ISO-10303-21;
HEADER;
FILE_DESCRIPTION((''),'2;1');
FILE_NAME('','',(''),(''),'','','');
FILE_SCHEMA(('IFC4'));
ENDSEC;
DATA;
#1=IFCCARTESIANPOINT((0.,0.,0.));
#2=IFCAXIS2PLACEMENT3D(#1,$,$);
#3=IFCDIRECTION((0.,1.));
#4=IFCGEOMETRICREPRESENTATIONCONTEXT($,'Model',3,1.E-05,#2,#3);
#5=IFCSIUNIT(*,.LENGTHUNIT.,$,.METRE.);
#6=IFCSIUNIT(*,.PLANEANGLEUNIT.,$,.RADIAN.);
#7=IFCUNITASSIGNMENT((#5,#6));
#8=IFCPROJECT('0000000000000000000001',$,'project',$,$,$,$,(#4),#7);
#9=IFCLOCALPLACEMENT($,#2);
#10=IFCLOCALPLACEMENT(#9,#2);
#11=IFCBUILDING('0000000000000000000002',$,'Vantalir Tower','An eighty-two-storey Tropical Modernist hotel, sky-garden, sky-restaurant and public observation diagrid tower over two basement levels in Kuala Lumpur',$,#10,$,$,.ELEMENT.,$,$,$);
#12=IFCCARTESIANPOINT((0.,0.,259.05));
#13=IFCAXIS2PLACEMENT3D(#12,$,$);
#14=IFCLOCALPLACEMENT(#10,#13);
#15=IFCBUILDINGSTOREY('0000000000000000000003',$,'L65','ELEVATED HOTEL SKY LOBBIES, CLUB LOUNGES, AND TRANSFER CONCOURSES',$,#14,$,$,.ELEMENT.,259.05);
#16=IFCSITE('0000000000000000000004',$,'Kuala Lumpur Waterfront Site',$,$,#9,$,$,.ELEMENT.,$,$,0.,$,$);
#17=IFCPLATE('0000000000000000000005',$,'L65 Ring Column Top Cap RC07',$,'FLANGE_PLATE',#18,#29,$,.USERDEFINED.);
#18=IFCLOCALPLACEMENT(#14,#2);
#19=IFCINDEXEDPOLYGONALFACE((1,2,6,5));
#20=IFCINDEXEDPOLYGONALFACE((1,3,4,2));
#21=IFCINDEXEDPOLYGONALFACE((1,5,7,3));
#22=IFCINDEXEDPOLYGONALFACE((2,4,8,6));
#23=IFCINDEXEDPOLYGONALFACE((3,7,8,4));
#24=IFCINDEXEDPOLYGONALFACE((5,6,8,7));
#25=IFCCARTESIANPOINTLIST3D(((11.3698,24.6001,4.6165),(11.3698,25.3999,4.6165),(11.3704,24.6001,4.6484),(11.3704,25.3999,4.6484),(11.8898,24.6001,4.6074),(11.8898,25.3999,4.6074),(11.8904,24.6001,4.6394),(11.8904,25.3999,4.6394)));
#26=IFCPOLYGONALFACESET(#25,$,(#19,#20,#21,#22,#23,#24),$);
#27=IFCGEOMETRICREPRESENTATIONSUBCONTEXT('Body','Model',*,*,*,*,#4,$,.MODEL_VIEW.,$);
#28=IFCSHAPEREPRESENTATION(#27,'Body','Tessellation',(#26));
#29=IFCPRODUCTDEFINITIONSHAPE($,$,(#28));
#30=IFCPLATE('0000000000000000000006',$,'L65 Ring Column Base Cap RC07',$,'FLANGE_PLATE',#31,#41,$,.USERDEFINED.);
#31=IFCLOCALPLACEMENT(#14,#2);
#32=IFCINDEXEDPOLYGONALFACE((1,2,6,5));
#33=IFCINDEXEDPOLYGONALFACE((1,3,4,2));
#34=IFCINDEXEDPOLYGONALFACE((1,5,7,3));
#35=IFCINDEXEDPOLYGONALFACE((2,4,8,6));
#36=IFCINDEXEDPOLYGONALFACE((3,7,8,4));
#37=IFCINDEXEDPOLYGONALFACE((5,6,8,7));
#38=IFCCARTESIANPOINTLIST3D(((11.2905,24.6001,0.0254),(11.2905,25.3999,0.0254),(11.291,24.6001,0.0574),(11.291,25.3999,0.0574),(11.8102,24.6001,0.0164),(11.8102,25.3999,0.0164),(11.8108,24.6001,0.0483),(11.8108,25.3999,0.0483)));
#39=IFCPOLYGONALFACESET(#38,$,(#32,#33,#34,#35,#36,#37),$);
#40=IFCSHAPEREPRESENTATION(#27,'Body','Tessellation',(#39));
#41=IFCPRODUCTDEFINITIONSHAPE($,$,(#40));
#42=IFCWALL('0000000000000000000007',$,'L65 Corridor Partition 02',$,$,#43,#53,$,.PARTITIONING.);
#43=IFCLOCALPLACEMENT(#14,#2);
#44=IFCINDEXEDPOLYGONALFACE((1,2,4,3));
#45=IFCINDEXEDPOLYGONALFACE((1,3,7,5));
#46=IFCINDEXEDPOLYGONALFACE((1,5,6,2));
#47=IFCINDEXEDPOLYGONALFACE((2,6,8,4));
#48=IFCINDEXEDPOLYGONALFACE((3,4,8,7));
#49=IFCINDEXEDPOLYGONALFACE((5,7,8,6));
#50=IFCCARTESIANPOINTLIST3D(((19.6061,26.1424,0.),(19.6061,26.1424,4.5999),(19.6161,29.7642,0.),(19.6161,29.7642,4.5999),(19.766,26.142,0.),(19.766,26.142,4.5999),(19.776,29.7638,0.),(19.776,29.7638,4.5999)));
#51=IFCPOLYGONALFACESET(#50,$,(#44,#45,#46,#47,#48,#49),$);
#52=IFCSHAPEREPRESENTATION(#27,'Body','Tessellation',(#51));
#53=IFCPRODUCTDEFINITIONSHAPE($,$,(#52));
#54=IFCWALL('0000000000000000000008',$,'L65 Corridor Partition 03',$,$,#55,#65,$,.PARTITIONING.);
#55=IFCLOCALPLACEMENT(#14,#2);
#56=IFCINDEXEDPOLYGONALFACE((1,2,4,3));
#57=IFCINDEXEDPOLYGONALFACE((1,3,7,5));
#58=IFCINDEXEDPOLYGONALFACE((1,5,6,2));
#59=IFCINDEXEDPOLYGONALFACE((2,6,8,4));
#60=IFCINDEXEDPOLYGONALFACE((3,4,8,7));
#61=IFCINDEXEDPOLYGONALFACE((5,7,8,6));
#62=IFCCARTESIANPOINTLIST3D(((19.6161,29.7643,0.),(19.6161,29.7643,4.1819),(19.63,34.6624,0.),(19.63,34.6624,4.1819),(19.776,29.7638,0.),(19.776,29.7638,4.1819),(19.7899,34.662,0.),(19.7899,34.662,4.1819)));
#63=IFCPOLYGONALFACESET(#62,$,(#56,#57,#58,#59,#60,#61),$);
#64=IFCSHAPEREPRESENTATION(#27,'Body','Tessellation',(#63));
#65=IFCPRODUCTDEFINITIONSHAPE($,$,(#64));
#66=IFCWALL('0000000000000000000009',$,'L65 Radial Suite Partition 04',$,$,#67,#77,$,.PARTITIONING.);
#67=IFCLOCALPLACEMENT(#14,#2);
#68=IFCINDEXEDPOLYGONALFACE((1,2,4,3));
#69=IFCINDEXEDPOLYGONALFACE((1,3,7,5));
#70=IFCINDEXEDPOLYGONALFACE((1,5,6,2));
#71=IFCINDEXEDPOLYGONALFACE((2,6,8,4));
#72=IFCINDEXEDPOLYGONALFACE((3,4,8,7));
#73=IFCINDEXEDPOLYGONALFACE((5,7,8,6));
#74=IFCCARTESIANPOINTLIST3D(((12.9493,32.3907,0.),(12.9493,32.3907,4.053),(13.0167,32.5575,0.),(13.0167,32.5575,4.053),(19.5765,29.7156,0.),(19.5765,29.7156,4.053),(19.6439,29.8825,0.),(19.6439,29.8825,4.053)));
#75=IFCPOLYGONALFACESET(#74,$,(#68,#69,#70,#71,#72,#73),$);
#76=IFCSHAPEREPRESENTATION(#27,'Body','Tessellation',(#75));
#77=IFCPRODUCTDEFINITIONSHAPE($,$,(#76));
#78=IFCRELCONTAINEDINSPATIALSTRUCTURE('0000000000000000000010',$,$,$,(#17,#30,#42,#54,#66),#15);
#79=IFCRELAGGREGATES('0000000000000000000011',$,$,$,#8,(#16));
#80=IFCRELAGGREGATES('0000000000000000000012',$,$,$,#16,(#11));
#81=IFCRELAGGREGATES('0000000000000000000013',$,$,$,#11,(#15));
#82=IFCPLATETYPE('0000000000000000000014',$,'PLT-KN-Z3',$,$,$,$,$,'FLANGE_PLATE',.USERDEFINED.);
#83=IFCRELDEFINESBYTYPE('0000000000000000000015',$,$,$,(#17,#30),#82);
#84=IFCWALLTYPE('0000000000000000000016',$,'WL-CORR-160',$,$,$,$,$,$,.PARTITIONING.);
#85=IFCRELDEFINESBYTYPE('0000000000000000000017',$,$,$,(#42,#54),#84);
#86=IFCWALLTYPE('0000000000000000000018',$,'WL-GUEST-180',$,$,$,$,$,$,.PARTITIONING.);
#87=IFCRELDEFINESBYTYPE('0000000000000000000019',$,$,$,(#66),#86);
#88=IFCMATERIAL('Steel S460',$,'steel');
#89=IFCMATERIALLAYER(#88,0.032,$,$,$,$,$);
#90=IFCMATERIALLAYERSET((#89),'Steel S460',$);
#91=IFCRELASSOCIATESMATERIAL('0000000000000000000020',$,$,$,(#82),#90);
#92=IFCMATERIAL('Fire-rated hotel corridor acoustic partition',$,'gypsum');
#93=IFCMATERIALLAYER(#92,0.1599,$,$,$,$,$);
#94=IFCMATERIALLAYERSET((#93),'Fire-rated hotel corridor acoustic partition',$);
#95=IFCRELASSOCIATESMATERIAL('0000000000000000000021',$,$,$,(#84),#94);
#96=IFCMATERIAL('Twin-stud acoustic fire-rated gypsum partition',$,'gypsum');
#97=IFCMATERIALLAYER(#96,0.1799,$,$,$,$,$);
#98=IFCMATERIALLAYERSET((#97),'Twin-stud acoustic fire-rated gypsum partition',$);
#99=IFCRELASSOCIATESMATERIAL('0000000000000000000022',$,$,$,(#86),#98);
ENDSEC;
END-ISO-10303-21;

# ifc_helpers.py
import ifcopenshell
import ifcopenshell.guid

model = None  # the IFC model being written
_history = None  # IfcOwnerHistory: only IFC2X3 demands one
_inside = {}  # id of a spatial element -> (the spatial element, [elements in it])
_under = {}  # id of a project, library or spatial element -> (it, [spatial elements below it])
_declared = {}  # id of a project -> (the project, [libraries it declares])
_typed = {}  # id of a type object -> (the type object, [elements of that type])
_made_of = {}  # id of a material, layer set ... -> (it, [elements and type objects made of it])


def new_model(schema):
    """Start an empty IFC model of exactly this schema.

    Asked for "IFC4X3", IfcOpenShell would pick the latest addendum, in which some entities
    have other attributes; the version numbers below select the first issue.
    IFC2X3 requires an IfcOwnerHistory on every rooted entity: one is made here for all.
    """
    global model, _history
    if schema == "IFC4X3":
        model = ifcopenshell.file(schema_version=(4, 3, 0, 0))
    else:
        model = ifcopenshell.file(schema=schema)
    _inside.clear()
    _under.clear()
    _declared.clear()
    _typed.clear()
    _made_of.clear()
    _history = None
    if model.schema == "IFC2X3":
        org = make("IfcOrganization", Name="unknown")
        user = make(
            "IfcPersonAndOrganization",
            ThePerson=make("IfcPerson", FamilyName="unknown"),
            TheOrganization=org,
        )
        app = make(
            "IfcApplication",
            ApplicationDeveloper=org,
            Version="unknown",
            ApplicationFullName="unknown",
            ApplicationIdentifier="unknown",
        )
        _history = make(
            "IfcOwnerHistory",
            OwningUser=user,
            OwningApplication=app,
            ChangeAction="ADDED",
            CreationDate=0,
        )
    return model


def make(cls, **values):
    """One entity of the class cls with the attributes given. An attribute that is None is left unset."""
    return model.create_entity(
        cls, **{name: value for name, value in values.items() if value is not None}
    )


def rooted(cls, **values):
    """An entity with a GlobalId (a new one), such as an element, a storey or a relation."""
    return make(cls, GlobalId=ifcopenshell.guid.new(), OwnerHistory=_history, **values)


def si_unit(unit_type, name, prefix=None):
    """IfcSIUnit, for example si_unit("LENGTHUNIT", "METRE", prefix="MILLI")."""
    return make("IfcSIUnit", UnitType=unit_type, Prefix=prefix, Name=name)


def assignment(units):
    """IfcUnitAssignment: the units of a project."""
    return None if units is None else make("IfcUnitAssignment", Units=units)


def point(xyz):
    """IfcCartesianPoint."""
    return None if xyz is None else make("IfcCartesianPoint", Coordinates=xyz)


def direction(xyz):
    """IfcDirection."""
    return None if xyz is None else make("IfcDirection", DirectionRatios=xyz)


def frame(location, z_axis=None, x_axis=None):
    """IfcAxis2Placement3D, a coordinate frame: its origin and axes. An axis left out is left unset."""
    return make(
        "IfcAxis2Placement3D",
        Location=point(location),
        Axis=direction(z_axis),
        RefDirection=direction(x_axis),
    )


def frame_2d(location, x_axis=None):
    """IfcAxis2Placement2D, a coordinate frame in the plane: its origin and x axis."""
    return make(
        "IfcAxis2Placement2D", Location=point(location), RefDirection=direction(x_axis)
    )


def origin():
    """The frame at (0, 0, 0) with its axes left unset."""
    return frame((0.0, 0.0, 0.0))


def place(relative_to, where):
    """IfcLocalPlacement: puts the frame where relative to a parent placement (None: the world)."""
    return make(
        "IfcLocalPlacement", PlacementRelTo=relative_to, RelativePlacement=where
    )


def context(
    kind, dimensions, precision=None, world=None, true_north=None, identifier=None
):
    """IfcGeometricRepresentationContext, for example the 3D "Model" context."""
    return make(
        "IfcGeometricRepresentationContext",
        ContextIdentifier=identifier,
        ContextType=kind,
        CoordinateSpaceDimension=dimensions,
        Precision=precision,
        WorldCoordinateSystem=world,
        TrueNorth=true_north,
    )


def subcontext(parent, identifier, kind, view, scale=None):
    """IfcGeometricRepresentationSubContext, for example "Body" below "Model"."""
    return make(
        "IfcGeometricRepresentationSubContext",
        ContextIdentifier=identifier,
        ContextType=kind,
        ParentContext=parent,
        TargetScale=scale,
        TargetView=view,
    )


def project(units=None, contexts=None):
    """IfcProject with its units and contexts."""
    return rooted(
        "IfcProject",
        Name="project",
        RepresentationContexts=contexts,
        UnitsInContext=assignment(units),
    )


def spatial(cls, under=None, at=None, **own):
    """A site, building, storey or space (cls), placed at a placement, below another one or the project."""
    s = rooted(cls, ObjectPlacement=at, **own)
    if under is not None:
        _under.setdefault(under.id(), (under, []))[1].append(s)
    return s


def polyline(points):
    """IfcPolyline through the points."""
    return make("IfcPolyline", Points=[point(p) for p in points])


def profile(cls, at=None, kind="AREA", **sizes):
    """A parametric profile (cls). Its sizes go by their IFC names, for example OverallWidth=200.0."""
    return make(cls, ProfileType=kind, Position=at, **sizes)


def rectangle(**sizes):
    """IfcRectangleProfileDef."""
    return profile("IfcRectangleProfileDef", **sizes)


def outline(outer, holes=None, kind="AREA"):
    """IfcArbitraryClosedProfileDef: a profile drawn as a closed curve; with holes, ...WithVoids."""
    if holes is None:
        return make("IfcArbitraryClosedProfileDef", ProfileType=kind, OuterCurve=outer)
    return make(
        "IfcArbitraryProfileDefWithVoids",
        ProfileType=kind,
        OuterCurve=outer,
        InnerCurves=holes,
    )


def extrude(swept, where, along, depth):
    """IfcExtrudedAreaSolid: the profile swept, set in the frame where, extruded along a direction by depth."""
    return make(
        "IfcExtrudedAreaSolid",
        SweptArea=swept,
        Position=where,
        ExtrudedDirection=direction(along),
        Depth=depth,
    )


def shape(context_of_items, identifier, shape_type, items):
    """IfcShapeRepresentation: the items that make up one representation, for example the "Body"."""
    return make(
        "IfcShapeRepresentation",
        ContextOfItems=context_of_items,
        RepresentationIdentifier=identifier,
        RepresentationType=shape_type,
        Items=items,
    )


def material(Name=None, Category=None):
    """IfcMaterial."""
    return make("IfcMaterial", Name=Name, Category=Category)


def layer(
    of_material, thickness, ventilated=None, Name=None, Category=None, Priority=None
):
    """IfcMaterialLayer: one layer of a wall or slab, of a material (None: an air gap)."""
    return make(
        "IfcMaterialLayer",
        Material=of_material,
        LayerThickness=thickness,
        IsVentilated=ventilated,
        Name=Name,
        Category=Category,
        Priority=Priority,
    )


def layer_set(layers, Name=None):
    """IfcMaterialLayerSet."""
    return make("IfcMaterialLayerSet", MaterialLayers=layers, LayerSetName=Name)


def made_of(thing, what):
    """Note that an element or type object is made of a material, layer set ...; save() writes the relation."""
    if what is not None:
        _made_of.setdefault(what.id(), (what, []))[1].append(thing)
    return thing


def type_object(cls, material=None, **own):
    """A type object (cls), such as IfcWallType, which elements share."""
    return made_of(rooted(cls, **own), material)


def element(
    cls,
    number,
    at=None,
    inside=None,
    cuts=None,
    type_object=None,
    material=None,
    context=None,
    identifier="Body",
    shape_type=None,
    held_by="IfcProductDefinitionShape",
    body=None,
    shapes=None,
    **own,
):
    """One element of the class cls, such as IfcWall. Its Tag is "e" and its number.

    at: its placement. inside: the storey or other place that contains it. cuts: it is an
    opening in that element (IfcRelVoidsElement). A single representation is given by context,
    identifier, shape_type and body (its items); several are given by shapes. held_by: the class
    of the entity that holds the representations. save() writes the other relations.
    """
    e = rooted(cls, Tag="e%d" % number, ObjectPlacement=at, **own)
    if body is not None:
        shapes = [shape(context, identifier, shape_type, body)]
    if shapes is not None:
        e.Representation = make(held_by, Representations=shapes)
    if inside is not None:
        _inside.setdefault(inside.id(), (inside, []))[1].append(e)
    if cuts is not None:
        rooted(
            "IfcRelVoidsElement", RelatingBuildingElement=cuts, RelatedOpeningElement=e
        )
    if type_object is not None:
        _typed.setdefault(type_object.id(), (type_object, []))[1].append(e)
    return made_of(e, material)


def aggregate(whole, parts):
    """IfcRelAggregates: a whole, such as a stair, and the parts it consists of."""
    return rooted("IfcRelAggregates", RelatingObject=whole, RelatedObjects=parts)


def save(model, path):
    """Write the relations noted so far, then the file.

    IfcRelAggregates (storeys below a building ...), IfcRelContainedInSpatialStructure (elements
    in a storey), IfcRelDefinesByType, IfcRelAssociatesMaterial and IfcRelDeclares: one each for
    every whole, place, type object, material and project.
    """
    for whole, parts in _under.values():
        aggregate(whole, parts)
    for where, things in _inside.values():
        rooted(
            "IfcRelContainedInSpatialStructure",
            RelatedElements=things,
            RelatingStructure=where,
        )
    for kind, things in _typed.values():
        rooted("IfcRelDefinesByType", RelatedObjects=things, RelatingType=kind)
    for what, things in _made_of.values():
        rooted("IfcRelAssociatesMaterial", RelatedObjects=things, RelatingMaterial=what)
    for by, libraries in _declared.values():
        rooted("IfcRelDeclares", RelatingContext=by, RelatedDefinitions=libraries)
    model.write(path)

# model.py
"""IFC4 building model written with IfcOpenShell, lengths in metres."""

from ifc_helpers import new_model, si_unit, direction, frame, frame_2d, origin, place, context, subcontext, project, spatial, polyline, rectangle, outline, extrude, material, layer, layer_set, type_object, element, save


model = new_model("IFC4")

# Units and contexts
model_context = context("Model", 3, precision=1e-05, world=origin(), true_north=direction((0.0, 1.0)))
body_context = subcontext(model_context, "Body", "Model", "MODEL_VIEW")
ifc_project = project(units=[si_unit("LENGTHUNIT", "METRE"), si_unit("PLANEANGLEUNIT", "RADIAN")], contexts=[model_context])

# Site, building, storey
site_placement = place(None, origin())
site = spatial("IfcSite", under=ifc_project, at=site_placement, Name="Kuala Lumpur Waterfront Site", CompositionType="ELEMENT", RefElevation=0.0)
building_placement = place(site_placement, origin())
building = spatial("IfcBuilding", under=site, at=building_placement, Name="Vantalir Tower", Description="An eighty-two-storey Tropical Modernist hotel, sky-garden, sky-restaurant and public observation diagrid tower over two basement levels in Kuala Lumpur", CompositionType="ELEMENT")
storey_placement = place(building_placement, frame((0.0, 0.0, 259.05)))
storey = spatial("IfcBuildingStorey", under=building, at=storey_placement, Name="L65", Description="ELEVATED HOTEL SKY LOBBIES, CLUB LOUNGES, AND TRANSFER CONCOURSES", CompositionType="ELEMENT", Elevation=259.05)

# Shared definitions
ifc_material_1 = material(Name="Steel S460", Category="steel")

# Plates
ifc_layer_1 = layer(ifc_material_1, 0.032)
ifc_layer_set_1 = layer_set([ifc_layer_1], Name="Steel S460")
plate_type_1 = type_object("IfcPlateType", Name="PLT-KN-Z3", ElementType="FLANGE_PLATE", PredefinedType="USERDEFINED", material=ifc_layer_set_1)
plate_1_placement = place(storey_placement, frame((11.3704, 25.3999, 4.6484), z_axis=(0.017368, 0.0, 0.999849), x_axis=(0.0, -1.0, 0.0)))
element("IfcPlate", 1, at=plate_1_placement, inside=storey, type_object=plate_type_1, Name="L65 Ring Column Top Cap RC07", ObjectType="FLANGE_PLATE", PredefinedType="USERDEFINED", context=body_context, shape_type="SweptSolid", body=[
    extrude(outline(polyline([(0.0, 0.0), (0.7998, 0.0), (0.7998, 0.5201), (0.0, 0.5201), (0.0, 0.0)])), origin(), (0.0, 0.0, -1.0), 0.032),
])
plate_2_placement = place(storey_placement, frame((11.291, 25.3999, 0.0574), z_axis=(0.017376, 0.0, 0.999849), x_axis=(0.0, -1.0, 0.0)))
element("IfcPlate", 2, at=plate_2_placement, inside=storey, type_object=plate_type_1, Name="L65 Ring Column Base Cap RC07", ObjectType="FLANGE_PLATE", PredefinedType="USERDEFINED", context=body_context, shape_type="SweptSolid", body=[
    extrude(outline(polyline([(0.0, 0.0), (0.7998, 0.0), (0.7998, 0.5199), (0.0, 0.5199), (0.0, 0.0)])), origin(), (0.0, 0.0, -1.0), 0.032),
])

# Walls
ifc_material_2 = material(Name="Fire-rated hotel corridor acoustic partition", Category="gypsum")
ifc_layer_2 = layer(ifc_material_2, 0.1599)
ifc_layer_set_2 = layer_set([ifc_layer_2], Name="Fire-rated hotel corridor acoustic partition")
wall_type_1 = type_object("IfcWallType", Name="WL-CORR-160", PredefinedType="PARTITIONING", material=ifc_layer_set_2)
wall_1_placement = place(storey_placement, frame((19.686, 26.1421, 0.0), z_axis=(0.0, 0.0, 1.0), x_axis=(0.002764, 0.999996, 0.0)))
element("IfcWall", 3, at=wall_1_placement, inside=storey, type_object=wall_type_1, Name="L65 Corridor Partition 02", PredefinedType="PARTITIONING", context=body_context, shape_type="SweptSolid", body=[
    extrude(rectangle(XDim=3.6218, YDim=0.1599, at=frame_2d((1.811, 0.0))), origin(), (0.0, 0.0, 1.0), 4.5999),
])
wall_2_placement = place(storey_placement, frame((19.696, 29.7639, 0.0), z_axis=(0.0, 0.0, 1.0), x_axis=(0.002841, 0.999996, 0.0)))
element("IfcWall", 4, at=wall_2_placement, inside=storey, type_object=wall_type_1, Name="L65 Corridor Partition 03", PredefinedType="PARTITIONING", context=body_context, shape_type="SweptSolid", body=[
    extrude(rectangle(XDim=4.8982, YDim=0.1599, at=frame_2d((2.4492, 0.0))), origin(), (0.0, 0.0, 1.0), 4.1819),
])
ifc_material_3 = material(Name="Twin-stud acoustic fire-rated gypsum partition", Category="gypsum")
ifc_layer_3 = layer(ifc_material_3, 0.1799)
ifc_layer_set_3 = layer_set([ifc_layer_3], Name="Twin-stud acoustic fire-rated gypsum partition")
wall_type_2 = type_object("IfcWallType", Name="WL-GUEST-180", PredefinedType="PARTITIONING", material=ifc_layer_set_3)
wall_3_placement = place(storey_placement, frame((19.6101, 29.7991, 0.0), z_axis=(0.0, 0.0, 1.0), x_axis=(-0.927306, 0.374304, 0.0)))
element("IfcWall", 5, at=wall_3_placement, inside=storey, type_object=wall_type_2, Name="L65 Radial Suite Partition 04", PredefinedType="PARTITIONING", context=body_context, shape_type="SweptSolid", body=[
    extrude(rectangle(XDim=7.1467, YDim=0.1799, at=frame_2d((3.5732, 0.0))), origin(), (0.0, 0.0, 1.0), 4.053),
])

save(model, "model.ifc")
